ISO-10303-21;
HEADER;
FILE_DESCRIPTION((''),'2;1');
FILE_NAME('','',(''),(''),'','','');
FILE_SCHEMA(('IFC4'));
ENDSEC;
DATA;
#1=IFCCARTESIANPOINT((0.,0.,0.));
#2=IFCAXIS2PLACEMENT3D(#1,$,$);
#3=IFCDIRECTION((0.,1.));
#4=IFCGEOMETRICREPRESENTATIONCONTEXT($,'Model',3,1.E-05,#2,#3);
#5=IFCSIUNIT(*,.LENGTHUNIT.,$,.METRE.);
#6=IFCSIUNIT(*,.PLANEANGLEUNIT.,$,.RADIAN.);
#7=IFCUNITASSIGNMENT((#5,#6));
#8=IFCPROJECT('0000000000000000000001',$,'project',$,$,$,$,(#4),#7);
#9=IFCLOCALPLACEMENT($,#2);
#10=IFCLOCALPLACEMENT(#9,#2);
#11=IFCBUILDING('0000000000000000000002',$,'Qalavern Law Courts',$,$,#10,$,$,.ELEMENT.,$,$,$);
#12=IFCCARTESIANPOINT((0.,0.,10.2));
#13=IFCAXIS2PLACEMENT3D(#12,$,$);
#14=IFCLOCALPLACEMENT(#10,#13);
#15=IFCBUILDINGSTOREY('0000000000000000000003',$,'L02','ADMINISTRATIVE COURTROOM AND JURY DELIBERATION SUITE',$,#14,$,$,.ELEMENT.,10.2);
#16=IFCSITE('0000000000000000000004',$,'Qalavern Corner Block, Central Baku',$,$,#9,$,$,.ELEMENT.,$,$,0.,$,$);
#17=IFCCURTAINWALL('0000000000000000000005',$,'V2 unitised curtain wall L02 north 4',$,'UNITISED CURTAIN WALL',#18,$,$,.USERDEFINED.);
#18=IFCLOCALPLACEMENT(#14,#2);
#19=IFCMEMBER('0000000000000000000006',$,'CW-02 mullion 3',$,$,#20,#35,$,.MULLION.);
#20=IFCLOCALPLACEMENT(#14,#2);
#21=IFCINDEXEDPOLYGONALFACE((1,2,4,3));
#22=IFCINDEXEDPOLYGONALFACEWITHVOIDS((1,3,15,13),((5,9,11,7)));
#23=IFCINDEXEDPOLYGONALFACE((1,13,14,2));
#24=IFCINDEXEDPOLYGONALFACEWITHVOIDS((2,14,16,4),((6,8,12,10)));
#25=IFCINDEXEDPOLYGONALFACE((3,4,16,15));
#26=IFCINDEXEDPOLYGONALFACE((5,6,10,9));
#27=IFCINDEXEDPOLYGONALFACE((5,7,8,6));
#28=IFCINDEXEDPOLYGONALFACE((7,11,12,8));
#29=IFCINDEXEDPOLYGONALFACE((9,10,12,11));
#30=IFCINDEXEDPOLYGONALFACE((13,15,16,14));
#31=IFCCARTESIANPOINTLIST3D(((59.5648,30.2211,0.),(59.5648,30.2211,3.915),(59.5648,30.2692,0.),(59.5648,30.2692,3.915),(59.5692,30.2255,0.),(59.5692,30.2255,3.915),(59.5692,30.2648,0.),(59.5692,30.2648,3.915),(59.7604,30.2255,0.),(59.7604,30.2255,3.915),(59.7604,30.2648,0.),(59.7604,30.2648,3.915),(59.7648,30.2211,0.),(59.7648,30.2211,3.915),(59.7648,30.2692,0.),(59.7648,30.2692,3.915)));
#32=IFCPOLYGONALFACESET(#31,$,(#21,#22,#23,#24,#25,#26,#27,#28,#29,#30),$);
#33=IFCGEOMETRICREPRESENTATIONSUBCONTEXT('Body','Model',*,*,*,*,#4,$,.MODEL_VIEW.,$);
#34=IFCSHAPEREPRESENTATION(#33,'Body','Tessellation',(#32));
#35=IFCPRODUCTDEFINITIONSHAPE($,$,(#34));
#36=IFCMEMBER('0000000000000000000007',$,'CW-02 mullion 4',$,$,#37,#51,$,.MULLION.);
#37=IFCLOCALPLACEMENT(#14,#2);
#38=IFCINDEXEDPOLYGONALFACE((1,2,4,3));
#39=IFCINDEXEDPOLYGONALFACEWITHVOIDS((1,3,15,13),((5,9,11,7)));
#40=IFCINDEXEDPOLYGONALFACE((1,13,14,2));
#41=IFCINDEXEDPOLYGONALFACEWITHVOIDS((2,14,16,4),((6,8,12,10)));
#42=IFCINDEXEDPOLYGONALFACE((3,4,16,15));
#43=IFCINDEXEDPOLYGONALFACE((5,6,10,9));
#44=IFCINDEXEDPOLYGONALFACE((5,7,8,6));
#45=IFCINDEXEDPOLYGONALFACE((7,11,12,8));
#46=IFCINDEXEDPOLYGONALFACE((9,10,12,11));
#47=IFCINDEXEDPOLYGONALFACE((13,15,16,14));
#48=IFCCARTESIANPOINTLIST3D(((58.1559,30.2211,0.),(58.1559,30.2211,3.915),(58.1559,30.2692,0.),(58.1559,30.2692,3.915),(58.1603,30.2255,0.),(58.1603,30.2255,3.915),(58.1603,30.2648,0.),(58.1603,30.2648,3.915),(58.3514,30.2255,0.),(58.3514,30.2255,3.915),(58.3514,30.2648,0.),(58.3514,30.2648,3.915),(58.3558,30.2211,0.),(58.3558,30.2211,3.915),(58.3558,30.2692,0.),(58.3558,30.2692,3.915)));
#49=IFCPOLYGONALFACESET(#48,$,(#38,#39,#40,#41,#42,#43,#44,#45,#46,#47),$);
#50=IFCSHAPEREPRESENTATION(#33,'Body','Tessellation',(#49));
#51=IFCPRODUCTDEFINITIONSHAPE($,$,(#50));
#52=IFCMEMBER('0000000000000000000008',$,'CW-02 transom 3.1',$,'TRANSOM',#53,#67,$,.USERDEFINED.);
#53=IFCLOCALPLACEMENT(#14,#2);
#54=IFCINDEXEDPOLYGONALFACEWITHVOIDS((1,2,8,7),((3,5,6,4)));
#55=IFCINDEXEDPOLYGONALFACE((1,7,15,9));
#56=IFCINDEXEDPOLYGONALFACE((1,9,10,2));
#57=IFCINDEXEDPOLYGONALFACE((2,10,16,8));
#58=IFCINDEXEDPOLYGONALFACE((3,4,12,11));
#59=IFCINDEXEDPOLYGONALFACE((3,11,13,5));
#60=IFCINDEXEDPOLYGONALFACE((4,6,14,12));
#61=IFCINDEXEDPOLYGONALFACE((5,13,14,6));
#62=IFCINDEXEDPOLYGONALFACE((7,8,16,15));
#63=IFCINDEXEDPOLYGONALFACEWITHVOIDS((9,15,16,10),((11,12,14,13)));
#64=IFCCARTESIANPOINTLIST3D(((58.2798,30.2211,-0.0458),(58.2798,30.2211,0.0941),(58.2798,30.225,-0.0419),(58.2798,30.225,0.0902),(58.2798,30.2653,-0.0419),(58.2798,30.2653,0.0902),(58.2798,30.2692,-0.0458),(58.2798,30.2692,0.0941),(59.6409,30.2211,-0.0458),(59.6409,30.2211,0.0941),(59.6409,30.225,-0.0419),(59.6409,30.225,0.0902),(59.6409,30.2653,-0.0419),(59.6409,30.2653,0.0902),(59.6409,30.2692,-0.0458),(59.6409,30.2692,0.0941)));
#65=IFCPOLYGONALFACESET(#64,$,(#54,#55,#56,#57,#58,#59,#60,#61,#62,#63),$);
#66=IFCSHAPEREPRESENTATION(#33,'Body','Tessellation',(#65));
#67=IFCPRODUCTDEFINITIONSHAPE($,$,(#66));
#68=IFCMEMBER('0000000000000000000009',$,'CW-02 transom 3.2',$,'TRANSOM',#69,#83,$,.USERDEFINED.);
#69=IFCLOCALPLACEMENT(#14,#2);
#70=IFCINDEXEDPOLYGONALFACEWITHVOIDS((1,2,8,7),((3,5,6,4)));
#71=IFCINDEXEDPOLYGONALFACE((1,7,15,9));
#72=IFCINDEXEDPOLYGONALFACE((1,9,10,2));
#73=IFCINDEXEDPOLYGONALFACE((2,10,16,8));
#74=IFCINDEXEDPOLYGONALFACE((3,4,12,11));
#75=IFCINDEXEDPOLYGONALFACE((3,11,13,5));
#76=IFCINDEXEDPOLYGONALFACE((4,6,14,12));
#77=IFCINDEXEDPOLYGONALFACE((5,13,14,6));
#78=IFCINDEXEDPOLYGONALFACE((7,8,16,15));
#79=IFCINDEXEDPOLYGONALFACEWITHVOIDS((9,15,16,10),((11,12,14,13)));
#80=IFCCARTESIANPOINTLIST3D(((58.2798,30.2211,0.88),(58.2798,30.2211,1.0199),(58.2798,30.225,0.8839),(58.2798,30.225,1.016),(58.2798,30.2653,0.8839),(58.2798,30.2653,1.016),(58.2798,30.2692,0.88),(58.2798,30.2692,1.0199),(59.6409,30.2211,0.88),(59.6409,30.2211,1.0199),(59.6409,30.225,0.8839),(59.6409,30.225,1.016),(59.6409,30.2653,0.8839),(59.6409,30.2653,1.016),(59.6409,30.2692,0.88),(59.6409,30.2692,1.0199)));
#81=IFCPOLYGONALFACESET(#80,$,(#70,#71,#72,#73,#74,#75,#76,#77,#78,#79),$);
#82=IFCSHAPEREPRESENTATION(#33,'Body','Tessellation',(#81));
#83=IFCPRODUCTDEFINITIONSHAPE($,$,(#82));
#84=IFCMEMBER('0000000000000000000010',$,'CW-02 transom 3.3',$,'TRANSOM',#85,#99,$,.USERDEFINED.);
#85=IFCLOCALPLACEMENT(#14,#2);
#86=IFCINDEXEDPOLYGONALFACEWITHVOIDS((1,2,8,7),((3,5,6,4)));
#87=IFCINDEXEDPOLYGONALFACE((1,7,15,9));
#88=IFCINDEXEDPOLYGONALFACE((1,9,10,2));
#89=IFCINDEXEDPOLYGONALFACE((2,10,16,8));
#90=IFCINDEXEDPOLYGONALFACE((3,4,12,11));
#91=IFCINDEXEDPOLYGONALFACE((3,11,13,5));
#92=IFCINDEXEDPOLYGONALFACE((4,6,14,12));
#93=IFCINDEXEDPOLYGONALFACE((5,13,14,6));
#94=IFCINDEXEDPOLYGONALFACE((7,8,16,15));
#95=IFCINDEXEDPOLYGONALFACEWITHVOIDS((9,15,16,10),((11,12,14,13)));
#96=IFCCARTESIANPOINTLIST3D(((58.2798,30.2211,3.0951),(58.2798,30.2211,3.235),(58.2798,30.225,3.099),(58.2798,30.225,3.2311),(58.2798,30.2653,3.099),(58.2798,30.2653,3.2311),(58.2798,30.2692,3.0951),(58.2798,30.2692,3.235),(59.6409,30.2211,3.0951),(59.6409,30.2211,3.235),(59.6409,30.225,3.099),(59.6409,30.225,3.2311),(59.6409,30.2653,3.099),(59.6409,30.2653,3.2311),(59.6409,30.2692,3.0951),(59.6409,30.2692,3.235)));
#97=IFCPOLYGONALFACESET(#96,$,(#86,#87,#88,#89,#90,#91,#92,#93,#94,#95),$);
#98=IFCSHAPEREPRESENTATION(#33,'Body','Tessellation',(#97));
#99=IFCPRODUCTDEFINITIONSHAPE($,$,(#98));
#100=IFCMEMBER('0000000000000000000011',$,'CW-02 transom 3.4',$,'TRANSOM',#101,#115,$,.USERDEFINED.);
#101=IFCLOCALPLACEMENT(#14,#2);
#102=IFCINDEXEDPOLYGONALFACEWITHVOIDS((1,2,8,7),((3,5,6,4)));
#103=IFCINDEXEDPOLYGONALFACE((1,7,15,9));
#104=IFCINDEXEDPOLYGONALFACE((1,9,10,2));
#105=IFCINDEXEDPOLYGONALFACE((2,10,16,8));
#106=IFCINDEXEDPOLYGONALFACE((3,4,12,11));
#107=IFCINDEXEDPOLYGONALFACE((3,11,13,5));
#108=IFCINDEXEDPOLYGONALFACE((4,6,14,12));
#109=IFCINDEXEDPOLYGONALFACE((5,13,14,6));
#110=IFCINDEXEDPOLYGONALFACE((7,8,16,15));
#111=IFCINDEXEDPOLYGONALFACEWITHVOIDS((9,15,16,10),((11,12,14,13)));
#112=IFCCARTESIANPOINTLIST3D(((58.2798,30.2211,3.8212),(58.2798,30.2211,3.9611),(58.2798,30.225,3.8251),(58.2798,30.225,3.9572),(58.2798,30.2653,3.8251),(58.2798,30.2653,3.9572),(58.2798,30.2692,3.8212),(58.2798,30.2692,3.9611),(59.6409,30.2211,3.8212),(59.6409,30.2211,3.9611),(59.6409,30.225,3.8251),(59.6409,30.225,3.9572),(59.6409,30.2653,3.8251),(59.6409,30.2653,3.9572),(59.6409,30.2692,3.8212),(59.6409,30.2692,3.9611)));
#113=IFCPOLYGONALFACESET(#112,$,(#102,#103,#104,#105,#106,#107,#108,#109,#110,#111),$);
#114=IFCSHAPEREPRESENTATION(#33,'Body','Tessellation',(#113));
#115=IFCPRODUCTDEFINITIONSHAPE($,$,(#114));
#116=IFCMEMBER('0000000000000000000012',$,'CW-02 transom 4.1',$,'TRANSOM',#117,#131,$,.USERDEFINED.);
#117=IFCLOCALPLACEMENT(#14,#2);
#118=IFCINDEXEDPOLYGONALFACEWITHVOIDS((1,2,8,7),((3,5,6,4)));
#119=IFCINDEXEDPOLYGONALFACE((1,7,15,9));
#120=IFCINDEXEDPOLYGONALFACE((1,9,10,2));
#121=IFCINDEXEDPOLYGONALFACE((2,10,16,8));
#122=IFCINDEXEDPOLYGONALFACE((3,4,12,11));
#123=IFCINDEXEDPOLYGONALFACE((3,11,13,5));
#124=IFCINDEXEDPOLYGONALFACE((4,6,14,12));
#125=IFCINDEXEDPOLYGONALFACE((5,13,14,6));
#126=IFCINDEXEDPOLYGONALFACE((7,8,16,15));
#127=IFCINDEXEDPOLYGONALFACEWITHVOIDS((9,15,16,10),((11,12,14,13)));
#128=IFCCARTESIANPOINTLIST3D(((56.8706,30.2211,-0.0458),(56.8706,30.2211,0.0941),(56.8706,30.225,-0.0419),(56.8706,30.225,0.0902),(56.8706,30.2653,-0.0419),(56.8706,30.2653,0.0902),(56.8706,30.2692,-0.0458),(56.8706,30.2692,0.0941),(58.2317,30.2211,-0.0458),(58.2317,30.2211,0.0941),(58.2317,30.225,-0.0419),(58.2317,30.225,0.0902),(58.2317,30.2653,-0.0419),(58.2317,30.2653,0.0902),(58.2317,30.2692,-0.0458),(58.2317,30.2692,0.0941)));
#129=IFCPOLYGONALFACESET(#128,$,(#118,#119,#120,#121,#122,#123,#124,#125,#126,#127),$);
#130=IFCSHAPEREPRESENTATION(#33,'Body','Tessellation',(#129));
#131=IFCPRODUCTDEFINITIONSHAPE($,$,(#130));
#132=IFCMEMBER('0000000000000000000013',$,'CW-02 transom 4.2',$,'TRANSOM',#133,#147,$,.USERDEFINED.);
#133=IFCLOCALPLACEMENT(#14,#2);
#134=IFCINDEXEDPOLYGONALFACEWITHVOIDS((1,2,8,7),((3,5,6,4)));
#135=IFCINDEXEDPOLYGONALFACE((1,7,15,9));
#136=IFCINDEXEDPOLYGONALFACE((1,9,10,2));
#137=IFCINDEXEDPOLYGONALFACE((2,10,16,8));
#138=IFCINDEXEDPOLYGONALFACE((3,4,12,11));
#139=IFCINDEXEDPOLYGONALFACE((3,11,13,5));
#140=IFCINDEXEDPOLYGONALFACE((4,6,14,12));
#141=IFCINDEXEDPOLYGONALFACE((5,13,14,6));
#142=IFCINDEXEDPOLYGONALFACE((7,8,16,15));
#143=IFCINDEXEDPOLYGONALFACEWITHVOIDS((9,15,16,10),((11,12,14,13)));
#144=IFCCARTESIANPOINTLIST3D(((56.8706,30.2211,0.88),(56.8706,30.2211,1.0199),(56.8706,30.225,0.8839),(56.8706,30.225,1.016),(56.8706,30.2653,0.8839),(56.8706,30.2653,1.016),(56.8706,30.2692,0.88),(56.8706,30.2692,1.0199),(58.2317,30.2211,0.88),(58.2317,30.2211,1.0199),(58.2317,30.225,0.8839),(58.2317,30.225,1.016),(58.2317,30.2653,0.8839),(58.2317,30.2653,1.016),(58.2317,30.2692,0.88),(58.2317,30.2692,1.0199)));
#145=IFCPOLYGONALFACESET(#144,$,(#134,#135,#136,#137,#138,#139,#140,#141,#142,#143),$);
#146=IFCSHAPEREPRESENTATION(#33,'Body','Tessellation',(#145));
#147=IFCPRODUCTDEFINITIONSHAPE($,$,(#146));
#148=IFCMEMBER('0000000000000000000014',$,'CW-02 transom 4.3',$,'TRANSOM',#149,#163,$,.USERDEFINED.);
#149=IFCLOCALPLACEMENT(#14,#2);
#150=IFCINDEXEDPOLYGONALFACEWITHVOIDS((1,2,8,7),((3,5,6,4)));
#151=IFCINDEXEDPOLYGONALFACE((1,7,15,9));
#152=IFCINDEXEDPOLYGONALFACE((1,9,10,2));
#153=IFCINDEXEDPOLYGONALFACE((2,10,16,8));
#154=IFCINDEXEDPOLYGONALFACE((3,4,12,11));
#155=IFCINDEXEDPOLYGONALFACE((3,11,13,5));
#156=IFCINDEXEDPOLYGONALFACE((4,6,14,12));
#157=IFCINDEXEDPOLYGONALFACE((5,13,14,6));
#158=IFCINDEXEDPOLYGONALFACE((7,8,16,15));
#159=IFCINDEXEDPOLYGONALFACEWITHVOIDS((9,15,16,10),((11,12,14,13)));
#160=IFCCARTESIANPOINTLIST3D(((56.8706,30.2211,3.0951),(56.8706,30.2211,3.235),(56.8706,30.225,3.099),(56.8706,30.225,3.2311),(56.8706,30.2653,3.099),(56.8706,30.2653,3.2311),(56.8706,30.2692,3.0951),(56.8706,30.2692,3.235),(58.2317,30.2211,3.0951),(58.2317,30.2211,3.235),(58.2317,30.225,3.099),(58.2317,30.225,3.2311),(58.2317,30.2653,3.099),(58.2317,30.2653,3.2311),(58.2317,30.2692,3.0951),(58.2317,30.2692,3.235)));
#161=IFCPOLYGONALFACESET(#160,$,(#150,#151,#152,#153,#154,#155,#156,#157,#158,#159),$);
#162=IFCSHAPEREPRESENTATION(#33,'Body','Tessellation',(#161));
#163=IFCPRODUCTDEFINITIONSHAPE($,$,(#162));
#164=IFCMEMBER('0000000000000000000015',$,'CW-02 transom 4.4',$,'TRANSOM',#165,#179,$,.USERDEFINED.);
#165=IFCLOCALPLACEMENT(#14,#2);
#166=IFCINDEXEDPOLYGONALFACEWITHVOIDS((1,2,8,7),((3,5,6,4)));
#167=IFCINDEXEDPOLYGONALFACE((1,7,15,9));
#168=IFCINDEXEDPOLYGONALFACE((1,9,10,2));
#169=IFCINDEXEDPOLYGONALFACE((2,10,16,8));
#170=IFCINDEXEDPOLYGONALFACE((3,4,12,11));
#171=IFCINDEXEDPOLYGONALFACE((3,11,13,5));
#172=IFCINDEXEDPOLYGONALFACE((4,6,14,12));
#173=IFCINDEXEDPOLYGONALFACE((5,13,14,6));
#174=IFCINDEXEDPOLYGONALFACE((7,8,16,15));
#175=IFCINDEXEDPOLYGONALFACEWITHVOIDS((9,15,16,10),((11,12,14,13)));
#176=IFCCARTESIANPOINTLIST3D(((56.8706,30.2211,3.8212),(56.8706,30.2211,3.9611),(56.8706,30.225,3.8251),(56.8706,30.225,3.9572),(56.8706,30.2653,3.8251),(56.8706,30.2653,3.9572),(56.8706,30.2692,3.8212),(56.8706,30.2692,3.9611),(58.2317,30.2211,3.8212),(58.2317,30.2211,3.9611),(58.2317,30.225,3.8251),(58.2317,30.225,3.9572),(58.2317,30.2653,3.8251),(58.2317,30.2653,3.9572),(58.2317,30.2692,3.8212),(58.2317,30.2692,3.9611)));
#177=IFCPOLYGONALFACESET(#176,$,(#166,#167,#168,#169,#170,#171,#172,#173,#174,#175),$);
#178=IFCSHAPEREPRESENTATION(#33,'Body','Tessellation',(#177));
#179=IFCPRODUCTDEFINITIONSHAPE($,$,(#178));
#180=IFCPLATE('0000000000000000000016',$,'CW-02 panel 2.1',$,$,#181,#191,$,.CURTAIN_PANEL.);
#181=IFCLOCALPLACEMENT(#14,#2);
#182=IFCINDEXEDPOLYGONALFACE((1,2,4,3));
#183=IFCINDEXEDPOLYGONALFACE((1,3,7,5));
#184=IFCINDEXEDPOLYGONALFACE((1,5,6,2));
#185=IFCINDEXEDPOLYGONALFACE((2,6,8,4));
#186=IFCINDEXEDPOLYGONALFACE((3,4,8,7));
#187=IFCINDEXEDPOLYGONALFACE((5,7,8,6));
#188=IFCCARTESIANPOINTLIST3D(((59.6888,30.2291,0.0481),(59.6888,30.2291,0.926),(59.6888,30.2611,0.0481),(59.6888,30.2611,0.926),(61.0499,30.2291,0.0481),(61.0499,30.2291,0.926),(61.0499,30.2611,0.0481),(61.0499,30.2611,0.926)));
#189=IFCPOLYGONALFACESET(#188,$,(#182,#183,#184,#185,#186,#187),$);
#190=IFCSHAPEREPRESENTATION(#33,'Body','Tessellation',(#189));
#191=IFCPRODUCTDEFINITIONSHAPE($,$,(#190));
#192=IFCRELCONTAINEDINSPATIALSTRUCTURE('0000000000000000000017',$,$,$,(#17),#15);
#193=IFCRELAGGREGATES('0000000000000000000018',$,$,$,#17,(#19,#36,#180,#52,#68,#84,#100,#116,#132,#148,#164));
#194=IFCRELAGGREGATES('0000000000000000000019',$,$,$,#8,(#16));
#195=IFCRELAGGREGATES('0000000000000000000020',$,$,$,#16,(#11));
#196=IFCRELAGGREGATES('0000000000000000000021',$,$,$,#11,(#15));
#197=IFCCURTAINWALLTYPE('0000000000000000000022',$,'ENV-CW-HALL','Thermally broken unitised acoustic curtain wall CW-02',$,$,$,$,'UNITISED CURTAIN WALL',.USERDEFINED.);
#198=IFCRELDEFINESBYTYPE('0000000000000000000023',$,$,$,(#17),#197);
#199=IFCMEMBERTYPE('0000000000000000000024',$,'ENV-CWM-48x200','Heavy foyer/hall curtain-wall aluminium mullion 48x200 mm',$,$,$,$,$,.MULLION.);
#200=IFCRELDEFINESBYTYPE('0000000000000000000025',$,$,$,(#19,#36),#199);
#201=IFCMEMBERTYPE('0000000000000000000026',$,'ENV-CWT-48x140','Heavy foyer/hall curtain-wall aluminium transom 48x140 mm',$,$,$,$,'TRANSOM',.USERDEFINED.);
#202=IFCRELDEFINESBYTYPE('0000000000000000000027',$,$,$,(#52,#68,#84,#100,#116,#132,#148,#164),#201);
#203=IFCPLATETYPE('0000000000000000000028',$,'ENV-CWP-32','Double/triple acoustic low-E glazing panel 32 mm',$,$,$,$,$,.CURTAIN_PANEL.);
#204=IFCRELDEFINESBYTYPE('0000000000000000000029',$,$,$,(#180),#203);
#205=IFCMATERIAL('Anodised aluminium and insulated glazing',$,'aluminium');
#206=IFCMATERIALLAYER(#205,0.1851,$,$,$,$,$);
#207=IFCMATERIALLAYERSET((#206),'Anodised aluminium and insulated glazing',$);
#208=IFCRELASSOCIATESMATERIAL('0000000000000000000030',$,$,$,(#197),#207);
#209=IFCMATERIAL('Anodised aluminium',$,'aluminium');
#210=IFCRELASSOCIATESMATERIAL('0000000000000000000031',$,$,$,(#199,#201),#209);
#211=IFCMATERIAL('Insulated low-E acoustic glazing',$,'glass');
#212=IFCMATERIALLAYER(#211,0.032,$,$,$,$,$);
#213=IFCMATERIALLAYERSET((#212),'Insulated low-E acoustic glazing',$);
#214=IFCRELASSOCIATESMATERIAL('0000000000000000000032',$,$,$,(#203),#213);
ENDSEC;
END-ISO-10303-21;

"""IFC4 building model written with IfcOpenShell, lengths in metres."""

from ifc_helpers import new_model, si_unit, direction, frame, origin, origin_2d, place, context, subcontext, project, spatial, rectangle, hollow_rectangle, extrude, material, layer, layer_set, material_profile, profile_set, type_object, element, aggregate, save


model = new_model("IFC4")

# Units and contexts
model_context = context("Model", 3, precision=1e-05, world=origin(), true_north=direction((0.0, 1.0)))
body_context = subcontext(model_context, "Body", "Model", "MODEL_VIEW")
ifc_project = project(units=[si_unit("LENGTHUNIT", "METRE"), si_unit("PLANEANGLEUNIT", "RADIAN")], contexts=[model_context])

# Site, building, storey
site_placement = place(None, origin())
site = spatial("IfcSite", under=ifc_project, at=site_placement, Name="Qalavern Corner Block, Central Baku", CompositionType="ELEMENT", RefElevation=0.0)
building_placement = place(site_placement, origin())
building = spatial("IfcBuilding", under=site, at=building_placement, Name="Qalavern Law Courts", CompositionType="ELEMENT")
storey_placement = place(building_placement, frame((0.0, 0.0, 10.2)))
storey = spatial("IfcBuildingStorey", under=building, at=storey_placement, Name="L02", Description="ADMINISTRATIVE COURTROOM AND JURY DELIBERATION SUITE", CompositionType="ELEMENT", Elevation=10.2)

# Curtain wall, members, plate
ifc_material_1 = material(Name="Anodised aluminium and insulated glazing", Category="aluminium")
ifc_layer_1 = layer(ifc_material_1, 0.1851)
ifc_layer_set_1 = layer_set([ifc_layer_1], Name="Anodised aluminium and insulated glazing")
curtain_wall_type = type_object("IfcCurtainWallType", Name="ENV-CW-HALL", Description="Thermally broken unitised acoustic curtain wall CW-02", ElementType="UNITISED CURTAIN WALL", PredefinedType="USERDEFINED", material=ifc_layer_set_1)
curtain_wall_placement = place(storey_placement, origin())
curtain_wall = element("IfcCurtainWall", 1, at=curtain_wall_placement, inside=storey, type_object=curtain_wall_type, Name="V2 unitised curtain wall L02 north 4", ObjectType="UNITISED CURTAIN WALL", PredefinedType="USERDEFINED")
ifc_material_2 = material(Name="Anodised aluminium", Category="aluminium")
ifc_material_profile_1 = material_profile(ifc_material_2, hollow_rectangle(XDim=0.0481, YDim=0.2, WallThickness=0.0044, at=origin_2d()), Name="ALU MULLION 48x200")
ifc_profile_set_1 = profile_set([ifc_material_profile_1], Name="Anodised aluminium")
member_type_1 = type_object("IfcMemberType", Name="ENV-CWM-48x200", Description="Heavy foyer/hall curtain-wall aluminium mullion 48x200 mm", PredefinedType="MULLION", material=ifc_profile_set_1)
member_1_placement = place(storey_placement, frame((59.6648, 30.2451, 0.0), z_axis=(0.0, 0.0, 1.0), x_axis=(0.0, -1.0, 0.0)))
member_1 = element("IfcMember", 2, at=member_1_placement, type_object=member_type_1, Name="CW-02 mullion 3", PredefinedType="MULLION", context=body_context, shape_type="SweptSolid", body=[
    extrude(hollow_rectangle(XDim=0.0481, YDim=0.2, WallThickness=0.0044, at=origin_2d()), origin(), (0.0, 0.0, 1.0), 3.915),
])
member_2_placement = place(storey_placement, frame((58.2559, 30.2451, 0.0), z_axis=(0.0, 0.0, 1.0), x_axis=(0.0, -1.0, 0.0)))
member_2 = element("IfcMember", 3, at=member_2_placement, type_object=member_type_1, Name="CW-02 mullion 4", PredefinedType="MULLION", context=body_context, shape_type="SweptSolid", body=[
    extrude(hollow_rectangle(XDim=0.0481, YDim=0.2, WallThickness=0.0044, at=origin_2d()), origin(), (0.0, 0.0, 1.0), 3.915),
])
ifc_material_profile_2 = material_profile(ifc_material_2, hollow_rectangle(XDim=0.0481, YDim=0.1399, WallThickness=0.0039, at=origin_2d()), Name="ALU TRANSOM 48x140")
ifc_profile_set_2 = profile_set([ifc_material_profile_2], Name="Anodised aluminium")
member_type_2 = type_object("IfcMemberType", Name="ENV-CWT-48x140", Description="Heavy foyer/hall curtain-wall aluminium transom 48x140 mm", ElementType="TRANSOM", PredefinedType="USERDEFINED", material=ifc_profile_set_2)
member_3_placement = place(storey_placement, frame((59.6409, 30.2451, 0.0242), z_axis=(-1.0, 0.0, 0.0), x_axis=(0.0, -1.0, 0.0)))
member_3 = element("IfcMember", 4, at=member_3_placement, type_object=member_type_2, Name="CW-02 transom 3.1", ObjectType="TRANSOM", PredefinedType="USERDEFINED", context=body_context, shape_type="SweptSolid", body=[
    extrude(hollow_rectangle(XDim=0.0481, YDim=0.1399, WallThickness=0.0039, at=origin_2d()), origin(), (0.0, 0.0, 1.0), 1.3611),
])
member_4_placement = place(storey_placement, frame((59.6409, 30.2451, 0.95), z_axis=(-1.0, 0.0, 0.0), x_axis=(0.0, -1.0, 0.0)))
member_4 = element("IfcMember", 5, at=member_4_placement, type_object=member_type_2, Name="CW-02 transom 3.2", ObjectType="TRANSOM", PredefinedType="USERDEFINED", context=body_context, shape_type="SweptSolid", body=[
    extrude(hollow_rectangle(XDim=0.0481, YDim=0.1399, WallThickness=0.0039, at=origin_2d()), origin(), (0.0, 0.0, 1.0), 1.3611),
])
member_5_placement = place(storey_placement, frame((59.6409, 30.2451, 3.165), z_axis=(-1.0, 0.0, 0.0), x_axis=(0.0, -1.0, 0.0)))
member_5 = element("IfcMember", 6, at=member_5_placement, type_object=member_type_2, Name="CW-02 transom 3.3", ObjectType="TRANSOM", PredefinedType="USERDEFINED", context=body_context, shape_type="SweptSolid", body=[
    extrude(hollow_rectangle(XDim=0.0481, YDim=0.1399, WallThickness=0.0039, at=origin_2d()), origin(), (0.0, 0.0, 1.0), 1.3611),
])
member_6_placement = place(storey_placement, frame((59.6409, 30.2451, 3.8911), z_axis=(-1.0, 0.0, 0.0), x_axis=(0.0, -1.0, 0.0)))
member_6 = element("IfcMember", 7, at=member_6_placement, type_object=member_type_2, Name="CW-02 transom 3.4", ObjectType="TRANSOM", PredefinedType="USERDEFINED", context=body_context, shape_type="SweptSolid", body=[
    extrude(hollow_rectangle(XDim=0.0481, YDim=0.1399, WallThickness=0.0039, at=origin_2d()), origin(), (0.0, 0.0, 1.0), 1.3611),
])
member_7_placement = place(storey_placement, frame((58.2317, 30.2451, 0.0242), z_axis=(-1.0, 0.0, 0.0), x_axis=(0.0, -1.0, 0.0)))
member_7 = element("IfcMember", 8, at=member_7_placement, type_object=member_type_2, Name="CW-02 transom 4.1", ObjectType="TRANSOM", PredefinedType="USERDEFINED", context=body_context, shape_type="SweptSolid", body=[
    extrude(hollow_rectangle(XDim=0.0481, YDim=0.1399, WallThickness=0.0039, at=origin_2d()), origin(), (0.0, 0.0, 1.0), 1.3611),
])
member_8_placement = place(storey_placement, frame((58.2317, 30.2451, 0.95), z_axis=(-1.0, 0.0, 0.0), x_axis=(0.0, -1.0, 0.0)))
member_8 = element("IfcMember", 9, at=member_8_placement, type_object=member_type_2, Name="CW-02 transom 4.2", ObjectType="TRANSOM", PredefinedType="USERDEFINED", context=body_context, shape_type="SweptSolid", body=[
    extrude(hollow_rectangle(XDim=0.0481, YDim=0.1399, WallThickness=0.0039, at=origin_2d()), origin(), (0.0, 0.0, 1.0), 1.3611),
])
member_9_placement = place(storey_placement, frame((58.2317, 30.2451, 3.165), z_axis=(-1.0, 0.0, 0.0), x_axis=(0.0, -1.0, 0.0)))
member_9 = element("IfcMember", 10, at=member_9_placement, type_object=member_type_2, Name="CW-02 transom 4.3", ObjectType="TRANSOM", PredefinedType="USERDEFINED", context=body_context, shape_type="SweptSolid", body=[
    extrude(hollow_rectangle(XDim=0.0481, YDim=0.1399, WallThickness=0.0039, at=origin_2d()), origin(), (0.0, 0.0, 1.0), 1.3611),
])
member_10_placement = place(storey_placement, frame((58.2317, 30.2451, 3.8911), z_axis=(-1.0, 0.0, 0.0), x_axis=(0.0, -1.0, 0.0)))
member_10 = element("IfcMember", 11, at=member_10_placement, type_object=member_type_2, Name="CW-02 transom 4.4", ObjectType="TRANSOM", PredefinedType="USERDEFINED", context=body_context, shape_type="SweptSolid", body=[
    extrude(hollow_rectangle(XDim=0.0481, YDim=0.1399, WallThickness=0.0039, at=origin_2d()), origin(), (0.0, 0.0, 1.0), 1.3611),
])
ifc_material_3 = material(Name="Insulated low-E acoustic glazing", Category="glass")
ifc_layer_2 = layer(ifc_material_3, 0.032)
ifc_layer_set_2 = layer_set([ifc_layer_2], Name="Insulated low-E acoustic glazing")
plate_type = type_object("IfcPlateType", Name="ENV-CWP-32", Description="Double/triple acoustic low-E glazing panel 32 mm", PredefinedType="CURTAIN_PANEL", material=ifc_layer_set_2)
plate_1_placement = place(storey_placement, frame((60.3694, 30.2451, 0.0481), z_axis=(0.0, 0.0, 1.0), x_axis=(-1.0, 0.0, 0.0)))
plate_1 = element("IfcPlate", 12, at=plate_1_placement, type_object=plate_type, Name="CW-02 panel 2.1", PredefinedType="CURTAIN_PANEL", context=body_context, shape_type="SweptSolid", body=[
    extrude(rectangle(XDim=1.3611, YDim=0.032, at=origin_2d()), origin(), (0.0, 0.0, 1.0), 0.8779),
])
aggregate(curtain_wall, [member_1, member_2, plate_1, member_3, member_4, member_5, member_6, member_7, member_8, member_9, member_10])

save(model, "model.ifc")
